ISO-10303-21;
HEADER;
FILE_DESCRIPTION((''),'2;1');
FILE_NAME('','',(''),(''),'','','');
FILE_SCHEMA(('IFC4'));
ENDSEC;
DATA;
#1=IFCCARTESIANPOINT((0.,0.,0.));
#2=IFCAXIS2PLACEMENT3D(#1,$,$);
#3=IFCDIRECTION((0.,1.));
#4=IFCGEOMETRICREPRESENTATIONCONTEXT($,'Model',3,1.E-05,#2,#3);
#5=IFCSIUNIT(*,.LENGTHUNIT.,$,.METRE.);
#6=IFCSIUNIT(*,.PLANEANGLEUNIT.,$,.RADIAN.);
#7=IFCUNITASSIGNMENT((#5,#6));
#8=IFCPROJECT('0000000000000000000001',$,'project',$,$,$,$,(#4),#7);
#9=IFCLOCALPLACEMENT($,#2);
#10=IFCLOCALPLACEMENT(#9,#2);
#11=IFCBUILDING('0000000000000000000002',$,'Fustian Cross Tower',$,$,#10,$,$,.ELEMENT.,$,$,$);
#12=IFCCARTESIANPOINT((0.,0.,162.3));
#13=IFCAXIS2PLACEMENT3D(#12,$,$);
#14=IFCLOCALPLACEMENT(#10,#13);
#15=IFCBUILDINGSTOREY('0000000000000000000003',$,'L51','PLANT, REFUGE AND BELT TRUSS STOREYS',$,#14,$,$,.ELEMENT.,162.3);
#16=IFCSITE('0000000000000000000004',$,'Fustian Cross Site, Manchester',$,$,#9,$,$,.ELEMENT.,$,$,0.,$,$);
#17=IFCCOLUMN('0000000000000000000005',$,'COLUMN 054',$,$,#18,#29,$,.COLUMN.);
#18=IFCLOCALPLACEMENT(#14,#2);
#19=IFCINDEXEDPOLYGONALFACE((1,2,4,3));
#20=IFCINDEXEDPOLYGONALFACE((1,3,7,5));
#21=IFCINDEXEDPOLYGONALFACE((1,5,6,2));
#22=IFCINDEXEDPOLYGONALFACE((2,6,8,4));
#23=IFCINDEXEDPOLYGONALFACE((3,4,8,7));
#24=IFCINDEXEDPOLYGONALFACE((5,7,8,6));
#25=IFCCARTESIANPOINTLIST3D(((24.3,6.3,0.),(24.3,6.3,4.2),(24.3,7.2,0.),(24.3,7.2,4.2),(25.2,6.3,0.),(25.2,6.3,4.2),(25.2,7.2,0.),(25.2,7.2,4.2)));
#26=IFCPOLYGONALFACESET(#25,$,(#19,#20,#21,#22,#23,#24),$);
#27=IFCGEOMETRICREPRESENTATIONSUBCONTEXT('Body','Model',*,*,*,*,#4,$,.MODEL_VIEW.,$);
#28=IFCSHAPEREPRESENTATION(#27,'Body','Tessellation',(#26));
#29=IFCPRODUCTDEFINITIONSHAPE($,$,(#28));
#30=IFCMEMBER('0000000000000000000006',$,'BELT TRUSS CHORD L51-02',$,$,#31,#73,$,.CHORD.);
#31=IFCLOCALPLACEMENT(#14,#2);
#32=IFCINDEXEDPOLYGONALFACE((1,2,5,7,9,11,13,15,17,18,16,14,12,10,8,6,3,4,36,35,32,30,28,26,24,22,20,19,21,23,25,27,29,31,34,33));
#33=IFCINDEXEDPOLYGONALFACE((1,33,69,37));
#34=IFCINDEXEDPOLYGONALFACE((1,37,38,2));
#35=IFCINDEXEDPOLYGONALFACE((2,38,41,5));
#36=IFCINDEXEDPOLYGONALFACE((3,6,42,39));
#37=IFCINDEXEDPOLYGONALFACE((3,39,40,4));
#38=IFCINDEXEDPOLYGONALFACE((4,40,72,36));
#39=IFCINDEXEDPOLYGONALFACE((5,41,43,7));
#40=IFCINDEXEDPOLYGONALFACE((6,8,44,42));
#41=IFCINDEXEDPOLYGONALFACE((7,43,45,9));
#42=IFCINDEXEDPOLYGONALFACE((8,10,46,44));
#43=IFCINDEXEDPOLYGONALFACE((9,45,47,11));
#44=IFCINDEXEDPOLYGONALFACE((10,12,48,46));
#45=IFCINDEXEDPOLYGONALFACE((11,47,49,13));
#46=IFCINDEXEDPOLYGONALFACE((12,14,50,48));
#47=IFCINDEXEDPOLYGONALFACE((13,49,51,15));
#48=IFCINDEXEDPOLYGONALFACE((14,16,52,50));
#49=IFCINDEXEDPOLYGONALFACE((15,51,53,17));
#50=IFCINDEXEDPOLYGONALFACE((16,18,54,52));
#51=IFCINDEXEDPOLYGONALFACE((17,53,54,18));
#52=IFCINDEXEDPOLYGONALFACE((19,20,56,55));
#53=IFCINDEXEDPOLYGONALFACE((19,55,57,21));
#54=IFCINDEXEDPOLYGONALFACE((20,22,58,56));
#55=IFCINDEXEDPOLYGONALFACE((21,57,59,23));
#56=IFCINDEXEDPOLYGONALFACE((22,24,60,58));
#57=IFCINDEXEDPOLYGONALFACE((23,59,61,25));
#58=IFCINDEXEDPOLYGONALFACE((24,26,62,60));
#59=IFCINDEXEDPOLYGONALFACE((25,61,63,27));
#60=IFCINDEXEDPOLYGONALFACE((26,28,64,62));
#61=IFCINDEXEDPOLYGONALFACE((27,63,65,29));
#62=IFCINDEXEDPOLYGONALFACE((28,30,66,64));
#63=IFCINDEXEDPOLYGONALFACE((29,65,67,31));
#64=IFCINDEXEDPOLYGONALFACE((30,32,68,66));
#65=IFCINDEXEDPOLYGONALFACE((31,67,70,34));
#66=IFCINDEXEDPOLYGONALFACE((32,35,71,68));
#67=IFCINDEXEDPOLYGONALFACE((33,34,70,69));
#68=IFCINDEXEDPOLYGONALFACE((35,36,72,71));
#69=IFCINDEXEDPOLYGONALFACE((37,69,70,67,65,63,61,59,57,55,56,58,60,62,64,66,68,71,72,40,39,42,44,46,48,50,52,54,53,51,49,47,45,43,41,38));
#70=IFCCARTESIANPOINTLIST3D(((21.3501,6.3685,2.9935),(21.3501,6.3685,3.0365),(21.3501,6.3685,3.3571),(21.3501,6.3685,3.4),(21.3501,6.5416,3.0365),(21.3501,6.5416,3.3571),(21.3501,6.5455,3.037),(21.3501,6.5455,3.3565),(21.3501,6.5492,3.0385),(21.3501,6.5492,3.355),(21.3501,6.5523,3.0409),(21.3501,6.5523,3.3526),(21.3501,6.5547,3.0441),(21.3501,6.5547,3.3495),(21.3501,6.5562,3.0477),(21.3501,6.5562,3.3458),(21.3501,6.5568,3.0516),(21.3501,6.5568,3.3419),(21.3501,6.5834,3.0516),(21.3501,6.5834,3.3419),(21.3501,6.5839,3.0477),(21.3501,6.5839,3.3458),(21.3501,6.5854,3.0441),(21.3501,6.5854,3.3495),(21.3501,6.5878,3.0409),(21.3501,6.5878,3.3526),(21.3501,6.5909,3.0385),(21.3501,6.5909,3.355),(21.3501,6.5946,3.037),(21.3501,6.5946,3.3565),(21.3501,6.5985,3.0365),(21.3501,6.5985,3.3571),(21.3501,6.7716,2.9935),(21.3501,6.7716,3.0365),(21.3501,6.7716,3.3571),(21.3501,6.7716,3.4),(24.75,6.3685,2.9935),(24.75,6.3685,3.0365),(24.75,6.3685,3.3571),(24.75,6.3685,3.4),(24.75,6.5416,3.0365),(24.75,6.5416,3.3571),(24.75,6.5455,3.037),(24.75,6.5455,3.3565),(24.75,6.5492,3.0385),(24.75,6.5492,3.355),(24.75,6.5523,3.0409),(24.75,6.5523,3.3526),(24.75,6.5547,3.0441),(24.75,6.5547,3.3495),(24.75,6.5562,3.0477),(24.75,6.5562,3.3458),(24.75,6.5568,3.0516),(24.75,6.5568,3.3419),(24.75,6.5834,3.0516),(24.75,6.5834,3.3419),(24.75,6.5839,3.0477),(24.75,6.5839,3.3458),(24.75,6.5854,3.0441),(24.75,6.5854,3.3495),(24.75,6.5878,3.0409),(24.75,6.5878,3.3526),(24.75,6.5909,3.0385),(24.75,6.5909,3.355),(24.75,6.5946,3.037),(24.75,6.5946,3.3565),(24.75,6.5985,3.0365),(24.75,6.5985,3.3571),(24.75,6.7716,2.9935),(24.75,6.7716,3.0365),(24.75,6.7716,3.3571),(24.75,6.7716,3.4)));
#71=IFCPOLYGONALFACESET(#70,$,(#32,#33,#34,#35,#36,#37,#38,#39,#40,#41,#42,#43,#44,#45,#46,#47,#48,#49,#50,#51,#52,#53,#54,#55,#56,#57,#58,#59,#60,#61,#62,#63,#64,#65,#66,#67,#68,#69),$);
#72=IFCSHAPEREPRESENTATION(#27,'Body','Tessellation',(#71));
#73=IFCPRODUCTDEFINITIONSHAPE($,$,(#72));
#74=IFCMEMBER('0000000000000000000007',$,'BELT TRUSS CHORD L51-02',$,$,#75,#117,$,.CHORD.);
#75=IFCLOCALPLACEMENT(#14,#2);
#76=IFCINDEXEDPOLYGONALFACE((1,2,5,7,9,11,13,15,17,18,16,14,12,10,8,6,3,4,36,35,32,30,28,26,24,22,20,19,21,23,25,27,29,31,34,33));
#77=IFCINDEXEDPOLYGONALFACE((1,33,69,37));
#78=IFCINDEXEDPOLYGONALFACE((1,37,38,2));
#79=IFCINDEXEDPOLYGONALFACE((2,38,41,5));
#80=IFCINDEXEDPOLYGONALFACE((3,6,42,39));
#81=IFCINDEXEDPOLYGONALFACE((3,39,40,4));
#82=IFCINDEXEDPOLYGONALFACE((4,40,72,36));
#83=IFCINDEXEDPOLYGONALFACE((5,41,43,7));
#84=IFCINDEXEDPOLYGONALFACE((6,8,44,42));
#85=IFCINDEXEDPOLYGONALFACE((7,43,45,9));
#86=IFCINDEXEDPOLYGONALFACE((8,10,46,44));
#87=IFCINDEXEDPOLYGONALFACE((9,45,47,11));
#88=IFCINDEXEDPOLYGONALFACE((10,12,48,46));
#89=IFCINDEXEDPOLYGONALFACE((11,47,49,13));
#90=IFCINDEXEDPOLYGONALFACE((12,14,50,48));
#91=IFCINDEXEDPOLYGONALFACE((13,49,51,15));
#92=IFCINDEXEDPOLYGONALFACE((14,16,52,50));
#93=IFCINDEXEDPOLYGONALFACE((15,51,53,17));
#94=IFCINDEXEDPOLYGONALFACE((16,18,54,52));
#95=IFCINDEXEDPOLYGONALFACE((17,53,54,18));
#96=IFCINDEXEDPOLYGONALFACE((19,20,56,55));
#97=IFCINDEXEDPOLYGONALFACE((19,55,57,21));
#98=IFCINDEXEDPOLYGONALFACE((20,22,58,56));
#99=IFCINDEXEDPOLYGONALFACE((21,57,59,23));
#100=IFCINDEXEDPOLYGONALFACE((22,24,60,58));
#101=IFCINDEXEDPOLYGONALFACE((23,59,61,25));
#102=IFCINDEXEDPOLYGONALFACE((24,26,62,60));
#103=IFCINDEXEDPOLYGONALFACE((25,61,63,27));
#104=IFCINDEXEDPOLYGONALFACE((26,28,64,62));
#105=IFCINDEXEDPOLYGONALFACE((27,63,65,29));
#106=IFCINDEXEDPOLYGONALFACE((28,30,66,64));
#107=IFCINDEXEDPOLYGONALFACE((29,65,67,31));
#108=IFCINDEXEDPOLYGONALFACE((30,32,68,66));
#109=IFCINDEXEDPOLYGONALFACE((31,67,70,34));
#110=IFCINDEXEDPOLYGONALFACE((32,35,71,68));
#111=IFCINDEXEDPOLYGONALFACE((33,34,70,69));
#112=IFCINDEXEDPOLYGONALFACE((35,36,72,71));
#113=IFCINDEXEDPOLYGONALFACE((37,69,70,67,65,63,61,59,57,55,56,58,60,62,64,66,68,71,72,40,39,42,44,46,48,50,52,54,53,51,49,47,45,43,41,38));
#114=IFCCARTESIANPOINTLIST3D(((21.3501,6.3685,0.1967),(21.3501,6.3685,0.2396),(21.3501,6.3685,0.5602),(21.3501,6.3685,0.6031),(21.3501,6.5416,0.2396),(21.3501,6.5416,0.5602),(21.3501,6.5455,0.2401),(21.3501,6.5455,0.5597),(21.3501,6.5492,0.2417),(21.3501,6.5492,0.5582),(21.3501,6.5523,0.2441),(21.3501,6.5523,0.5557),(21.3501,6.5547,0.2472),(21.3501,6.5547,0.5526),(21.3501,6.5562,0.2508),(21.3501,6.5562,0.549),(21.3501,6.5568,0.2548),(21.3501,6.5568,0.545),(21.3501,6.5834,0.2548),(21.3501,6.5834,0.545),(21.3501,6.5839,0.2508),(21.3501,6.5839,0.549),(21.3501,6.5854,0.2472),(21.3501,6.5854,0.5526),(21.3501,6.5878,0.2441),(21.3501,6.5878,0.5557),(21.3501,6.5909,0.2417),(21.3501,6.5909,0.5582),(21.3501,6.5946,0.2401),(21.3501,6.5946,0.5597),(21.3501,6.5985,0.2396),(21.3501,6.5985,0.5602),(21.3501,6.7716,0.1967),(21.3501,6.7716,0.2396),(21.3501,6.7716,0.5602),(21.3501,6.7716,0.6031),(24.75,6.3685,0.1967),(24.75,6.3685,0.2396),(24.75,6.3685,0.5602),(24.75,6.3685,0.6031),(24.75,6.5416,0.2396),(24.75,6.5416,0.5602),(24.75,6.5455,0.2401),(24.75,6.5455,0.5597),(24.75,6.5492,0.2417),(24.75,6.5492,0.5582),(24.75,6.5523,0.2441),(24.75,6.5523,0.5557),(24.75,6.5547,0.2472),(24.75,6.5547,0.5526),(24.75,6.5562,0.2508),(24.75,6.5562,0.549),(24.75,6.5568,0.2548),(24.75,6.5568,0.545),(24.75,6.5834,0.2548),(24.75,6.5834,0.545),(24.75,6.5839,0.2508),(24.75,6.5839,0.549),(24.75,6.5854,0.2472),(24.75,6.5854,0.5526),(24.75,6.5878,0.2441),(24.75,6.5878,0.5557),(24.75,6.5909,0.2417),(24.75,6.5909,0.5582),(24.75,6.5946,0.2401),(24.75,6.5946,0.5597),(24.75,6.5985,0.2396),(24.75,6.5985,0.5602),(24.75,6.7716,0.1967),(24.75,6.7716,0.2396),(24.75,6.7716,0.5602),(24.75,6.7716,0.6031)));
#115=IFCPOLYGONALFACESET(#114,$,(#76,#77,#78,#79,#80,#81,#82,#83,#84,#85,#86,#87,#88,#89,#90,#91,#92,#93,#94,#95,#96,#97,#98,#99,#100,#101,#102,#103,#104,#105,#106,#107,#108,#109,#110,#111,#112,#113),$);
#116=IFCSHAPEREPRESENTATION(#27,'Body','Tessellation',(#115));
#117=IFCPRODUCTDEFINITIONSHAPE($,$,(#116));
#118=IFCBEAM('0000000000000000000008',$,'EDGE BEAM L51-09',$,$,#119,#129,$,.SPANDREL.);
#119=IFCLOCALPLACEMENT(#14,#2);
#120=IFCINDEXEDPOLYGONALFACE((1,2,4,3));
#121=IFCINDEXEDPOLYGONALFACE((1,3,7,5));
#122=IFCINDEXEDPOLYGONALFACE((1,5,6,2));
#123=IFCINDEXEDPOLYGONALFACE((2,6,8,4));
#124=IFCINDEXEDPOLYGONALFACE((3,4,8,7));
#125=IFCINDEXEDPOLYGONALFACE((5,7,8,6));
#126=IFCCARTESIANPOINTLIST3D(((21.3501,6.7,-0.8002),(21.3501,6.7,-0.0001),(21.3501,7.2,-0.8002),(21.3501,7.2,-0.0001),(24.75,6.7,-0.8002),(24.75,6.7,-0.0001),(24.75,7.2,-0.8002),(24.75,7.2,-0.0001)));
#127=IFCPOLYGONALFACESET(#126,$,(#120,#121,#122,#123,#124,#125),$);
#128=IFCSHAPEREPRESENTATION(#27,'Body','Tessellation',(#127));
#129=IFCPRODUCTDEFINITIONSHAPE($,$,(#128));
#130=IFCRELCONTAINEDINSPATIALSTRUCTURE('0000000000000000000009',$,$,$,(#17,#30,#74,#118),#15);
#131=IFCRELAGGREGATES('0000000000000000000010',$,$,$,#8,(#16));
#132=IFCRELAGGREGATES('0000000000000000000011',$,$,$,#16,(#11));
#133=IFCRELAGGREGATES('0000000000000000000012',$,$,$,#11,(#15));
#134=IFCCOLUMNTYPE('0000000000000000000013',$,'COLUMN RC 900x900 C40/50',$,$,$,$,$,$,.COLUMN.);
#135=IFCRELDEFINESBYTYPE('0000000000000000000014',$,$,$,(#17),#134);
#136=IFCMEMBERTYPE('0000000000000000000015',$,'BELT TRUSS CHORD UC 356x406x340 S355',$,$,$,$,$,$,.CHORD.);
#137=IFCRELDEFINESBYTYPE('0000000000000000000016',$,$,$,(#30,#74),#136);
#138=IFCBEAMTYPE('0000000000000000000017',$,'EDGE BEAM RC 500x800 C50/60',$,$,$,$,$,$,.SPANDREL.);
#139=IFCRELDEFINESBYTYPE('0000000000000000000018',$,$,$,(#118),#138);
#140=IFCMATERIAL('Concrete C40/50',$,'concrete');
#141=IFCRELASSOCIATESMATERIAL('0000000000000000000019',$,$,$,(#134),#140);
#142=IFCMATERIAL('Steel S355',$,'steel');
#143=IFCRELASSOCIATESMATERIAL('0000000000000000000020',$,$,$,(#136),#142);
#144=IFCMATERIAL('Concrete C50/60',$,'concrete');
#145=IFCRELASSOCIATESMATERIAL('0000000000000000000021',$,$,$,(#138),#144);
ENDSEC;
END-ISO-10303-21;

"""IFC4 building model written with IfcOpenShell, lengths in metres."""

from ifc_helpers import new_model, si_unit, direction, frame, origin, origin_2d, place, context, subcontext, project, spatial, rectangle, i_section, extrude, material, material_profile, profile_set, type_object, element, save


model = new_model("IFC4")

# Units and contexts
model_context = context("Model", 3, precision=1e-05, world=origin(), true_north=direction((0.0, 1.0)))
body_context = subcontext(model_context, "Body", "Model", "MODEL_VIEW")
ifc_project = project(units=[si_unit("LENGTHUNIT", "METRE"), si_unit("PLANEANGLEUNIT", "RADIAN")], contexts=[model_context])

# Site, building, storey
site_placement = place(None, origin())
site = spatial("IfcSite", under=ifc_project, at=site_placement, Name="Fustian Cross Site, Manchester", CompositionType="ELEMENT", RefElevation=0.0)
building_placement = place(site_placement, origin())
building = spatial("IfcBuilding", under=site, at=building_placement, Name="Fustian Cross Tower", CompositionType="ELEMENT")
storey_placement = place(building_placement, frame((0.0, 0.0, 162.3)))
storey = spatial("IfcBuildingStorey", under=building, at=storey_placement, Name="L51", Description="PLANT, REFUGE AND BELT TRUSS STOREYS", CompositionType="ELEMENT", Elevation=162.3)

# Column
ifc_material_1 = material(Name="Concrete C40/50", Category="concrete")
ifc_material_profile_1 = material_profile(ifc_material_1, rectangle(XDim=0.8999, YDim=0.8999, at=origin_2d()), Name="RC 900x900")
ifc_profile_set_1 = profile_set([ifc_material_profile_1], Name="Concrete C40/50")
column_type = type_object("IfcColumnType", Name="COLUMN RC 900x900 C40/50", PredefinedType="COLUMN", material=ifc_profile_set_1)
column_placement = place(storey_placement, frame((24.75, 6.75, 0.0), z_axis=(0.0, 0.0, 1.0), x_axis=(1.0, 0.0, 0.0)))
element("IfcColumn", 1, at=column_placement, inside=storey, type_object=column_type, Name="COLUMN 054", PredefinedType="COLUMN", context=body_context, shape_type="SweptSolid", body=[
    extrude(rectangle(XDim=0.8999, YDim=0.8999, at=origin_2d()), origin(), (0.0, 0.0, 1.0), 4.2),
])

# Members
ifc_material_2 = material(Name="Steel S355", Category="steel")
ifc_material_profile_2 = material_profile(ifc_material_2, i_section(OverallWidth=0.4031, OverallDepth=0.4065, WebThickness=0.0266, FlangeThickness=0.043, FilletRadius=0.0151, at=origin_2d()), Name="UC 356x406x340")
ifc_profile_set_2 = profile_set([ifc_material_profile_2], Name="Steel S355")
member_type = type_object("IfcMemberType", Name="BELT TRUSS CHORD UC 356x406x340 S355", PredefinedType="CHORD", material=ifc_profile_set_2)
for number, where, z_axis, x_axis, name in (
    (2, (24.75, 6.5701, 3.1968), (-1.0, 0.0, 0.0), (0.0, -1.0, 0.0), "BELT TRUSS CHORD L51-02"),
    (3, (24.75, 6.5701, 0.3999), (-1.0, 0.0, 0.0), (0.0, -1.0, 0.0), "BELT TRUSS CHORD L51-02"),
):
    element("IfcMember", number, at=place(storey_placement, frame(where, z_axis=z_axis, x_axis=x_axis)), inside=storey, type_object=member_type, Name=name, PredefinedType="CHORD", context=body_context, shape_type="SweptSolid", body=[
        extrude(i_section(OverallWidth=0.4031, OverallDepth=0.4065, WebThickness=0.0266, FlangeThickness=0.043, FilletRadius=0.0151, at=origin_2d()), origin(), (0.0, 0.0, 1.0), 3.3999),
    ])

# Beam
ifc_material_3 = material(Name="Concrete C50/60", Category="concrete")
ifc_material_profile_3 = material_profile(ifc_material_3, rectangle(XDim=0.5, YDim=0.8, at=origin_2d()), Name="RC 500x800")
ifc_profile_set_3 = profile_set([ifc_material_profile_3], Name="Concrete C50/60")
beam_type = type_object("IfcBeamType", Name="EDGE BEAM RC 500x800 C50/60", PredefinedType="SPANDREL", material=ifc_profile_set_3)
beam_placement = place(storey_placement, frame((24.75, 6.95, -0.4001), z_axis=(-1.0, 0.0, 0.0), x_axis=(0.0, -1.0, 0.0)))
element("IfcBeam", 4, at=beam_placement, inside=storey, type_object=beam_type, Name="EDGE BEAM L51-09", PredefinedType="SPANDREL", context=body_context, shape_type="SweptSolid", body=[
    extrude(rectangle(XDim=0.5, YDim=0.8, at=origin_2d()), origin(), (0.0, 0.0, 1.0), 3.3999),
])

save(model, "model.ifc")
